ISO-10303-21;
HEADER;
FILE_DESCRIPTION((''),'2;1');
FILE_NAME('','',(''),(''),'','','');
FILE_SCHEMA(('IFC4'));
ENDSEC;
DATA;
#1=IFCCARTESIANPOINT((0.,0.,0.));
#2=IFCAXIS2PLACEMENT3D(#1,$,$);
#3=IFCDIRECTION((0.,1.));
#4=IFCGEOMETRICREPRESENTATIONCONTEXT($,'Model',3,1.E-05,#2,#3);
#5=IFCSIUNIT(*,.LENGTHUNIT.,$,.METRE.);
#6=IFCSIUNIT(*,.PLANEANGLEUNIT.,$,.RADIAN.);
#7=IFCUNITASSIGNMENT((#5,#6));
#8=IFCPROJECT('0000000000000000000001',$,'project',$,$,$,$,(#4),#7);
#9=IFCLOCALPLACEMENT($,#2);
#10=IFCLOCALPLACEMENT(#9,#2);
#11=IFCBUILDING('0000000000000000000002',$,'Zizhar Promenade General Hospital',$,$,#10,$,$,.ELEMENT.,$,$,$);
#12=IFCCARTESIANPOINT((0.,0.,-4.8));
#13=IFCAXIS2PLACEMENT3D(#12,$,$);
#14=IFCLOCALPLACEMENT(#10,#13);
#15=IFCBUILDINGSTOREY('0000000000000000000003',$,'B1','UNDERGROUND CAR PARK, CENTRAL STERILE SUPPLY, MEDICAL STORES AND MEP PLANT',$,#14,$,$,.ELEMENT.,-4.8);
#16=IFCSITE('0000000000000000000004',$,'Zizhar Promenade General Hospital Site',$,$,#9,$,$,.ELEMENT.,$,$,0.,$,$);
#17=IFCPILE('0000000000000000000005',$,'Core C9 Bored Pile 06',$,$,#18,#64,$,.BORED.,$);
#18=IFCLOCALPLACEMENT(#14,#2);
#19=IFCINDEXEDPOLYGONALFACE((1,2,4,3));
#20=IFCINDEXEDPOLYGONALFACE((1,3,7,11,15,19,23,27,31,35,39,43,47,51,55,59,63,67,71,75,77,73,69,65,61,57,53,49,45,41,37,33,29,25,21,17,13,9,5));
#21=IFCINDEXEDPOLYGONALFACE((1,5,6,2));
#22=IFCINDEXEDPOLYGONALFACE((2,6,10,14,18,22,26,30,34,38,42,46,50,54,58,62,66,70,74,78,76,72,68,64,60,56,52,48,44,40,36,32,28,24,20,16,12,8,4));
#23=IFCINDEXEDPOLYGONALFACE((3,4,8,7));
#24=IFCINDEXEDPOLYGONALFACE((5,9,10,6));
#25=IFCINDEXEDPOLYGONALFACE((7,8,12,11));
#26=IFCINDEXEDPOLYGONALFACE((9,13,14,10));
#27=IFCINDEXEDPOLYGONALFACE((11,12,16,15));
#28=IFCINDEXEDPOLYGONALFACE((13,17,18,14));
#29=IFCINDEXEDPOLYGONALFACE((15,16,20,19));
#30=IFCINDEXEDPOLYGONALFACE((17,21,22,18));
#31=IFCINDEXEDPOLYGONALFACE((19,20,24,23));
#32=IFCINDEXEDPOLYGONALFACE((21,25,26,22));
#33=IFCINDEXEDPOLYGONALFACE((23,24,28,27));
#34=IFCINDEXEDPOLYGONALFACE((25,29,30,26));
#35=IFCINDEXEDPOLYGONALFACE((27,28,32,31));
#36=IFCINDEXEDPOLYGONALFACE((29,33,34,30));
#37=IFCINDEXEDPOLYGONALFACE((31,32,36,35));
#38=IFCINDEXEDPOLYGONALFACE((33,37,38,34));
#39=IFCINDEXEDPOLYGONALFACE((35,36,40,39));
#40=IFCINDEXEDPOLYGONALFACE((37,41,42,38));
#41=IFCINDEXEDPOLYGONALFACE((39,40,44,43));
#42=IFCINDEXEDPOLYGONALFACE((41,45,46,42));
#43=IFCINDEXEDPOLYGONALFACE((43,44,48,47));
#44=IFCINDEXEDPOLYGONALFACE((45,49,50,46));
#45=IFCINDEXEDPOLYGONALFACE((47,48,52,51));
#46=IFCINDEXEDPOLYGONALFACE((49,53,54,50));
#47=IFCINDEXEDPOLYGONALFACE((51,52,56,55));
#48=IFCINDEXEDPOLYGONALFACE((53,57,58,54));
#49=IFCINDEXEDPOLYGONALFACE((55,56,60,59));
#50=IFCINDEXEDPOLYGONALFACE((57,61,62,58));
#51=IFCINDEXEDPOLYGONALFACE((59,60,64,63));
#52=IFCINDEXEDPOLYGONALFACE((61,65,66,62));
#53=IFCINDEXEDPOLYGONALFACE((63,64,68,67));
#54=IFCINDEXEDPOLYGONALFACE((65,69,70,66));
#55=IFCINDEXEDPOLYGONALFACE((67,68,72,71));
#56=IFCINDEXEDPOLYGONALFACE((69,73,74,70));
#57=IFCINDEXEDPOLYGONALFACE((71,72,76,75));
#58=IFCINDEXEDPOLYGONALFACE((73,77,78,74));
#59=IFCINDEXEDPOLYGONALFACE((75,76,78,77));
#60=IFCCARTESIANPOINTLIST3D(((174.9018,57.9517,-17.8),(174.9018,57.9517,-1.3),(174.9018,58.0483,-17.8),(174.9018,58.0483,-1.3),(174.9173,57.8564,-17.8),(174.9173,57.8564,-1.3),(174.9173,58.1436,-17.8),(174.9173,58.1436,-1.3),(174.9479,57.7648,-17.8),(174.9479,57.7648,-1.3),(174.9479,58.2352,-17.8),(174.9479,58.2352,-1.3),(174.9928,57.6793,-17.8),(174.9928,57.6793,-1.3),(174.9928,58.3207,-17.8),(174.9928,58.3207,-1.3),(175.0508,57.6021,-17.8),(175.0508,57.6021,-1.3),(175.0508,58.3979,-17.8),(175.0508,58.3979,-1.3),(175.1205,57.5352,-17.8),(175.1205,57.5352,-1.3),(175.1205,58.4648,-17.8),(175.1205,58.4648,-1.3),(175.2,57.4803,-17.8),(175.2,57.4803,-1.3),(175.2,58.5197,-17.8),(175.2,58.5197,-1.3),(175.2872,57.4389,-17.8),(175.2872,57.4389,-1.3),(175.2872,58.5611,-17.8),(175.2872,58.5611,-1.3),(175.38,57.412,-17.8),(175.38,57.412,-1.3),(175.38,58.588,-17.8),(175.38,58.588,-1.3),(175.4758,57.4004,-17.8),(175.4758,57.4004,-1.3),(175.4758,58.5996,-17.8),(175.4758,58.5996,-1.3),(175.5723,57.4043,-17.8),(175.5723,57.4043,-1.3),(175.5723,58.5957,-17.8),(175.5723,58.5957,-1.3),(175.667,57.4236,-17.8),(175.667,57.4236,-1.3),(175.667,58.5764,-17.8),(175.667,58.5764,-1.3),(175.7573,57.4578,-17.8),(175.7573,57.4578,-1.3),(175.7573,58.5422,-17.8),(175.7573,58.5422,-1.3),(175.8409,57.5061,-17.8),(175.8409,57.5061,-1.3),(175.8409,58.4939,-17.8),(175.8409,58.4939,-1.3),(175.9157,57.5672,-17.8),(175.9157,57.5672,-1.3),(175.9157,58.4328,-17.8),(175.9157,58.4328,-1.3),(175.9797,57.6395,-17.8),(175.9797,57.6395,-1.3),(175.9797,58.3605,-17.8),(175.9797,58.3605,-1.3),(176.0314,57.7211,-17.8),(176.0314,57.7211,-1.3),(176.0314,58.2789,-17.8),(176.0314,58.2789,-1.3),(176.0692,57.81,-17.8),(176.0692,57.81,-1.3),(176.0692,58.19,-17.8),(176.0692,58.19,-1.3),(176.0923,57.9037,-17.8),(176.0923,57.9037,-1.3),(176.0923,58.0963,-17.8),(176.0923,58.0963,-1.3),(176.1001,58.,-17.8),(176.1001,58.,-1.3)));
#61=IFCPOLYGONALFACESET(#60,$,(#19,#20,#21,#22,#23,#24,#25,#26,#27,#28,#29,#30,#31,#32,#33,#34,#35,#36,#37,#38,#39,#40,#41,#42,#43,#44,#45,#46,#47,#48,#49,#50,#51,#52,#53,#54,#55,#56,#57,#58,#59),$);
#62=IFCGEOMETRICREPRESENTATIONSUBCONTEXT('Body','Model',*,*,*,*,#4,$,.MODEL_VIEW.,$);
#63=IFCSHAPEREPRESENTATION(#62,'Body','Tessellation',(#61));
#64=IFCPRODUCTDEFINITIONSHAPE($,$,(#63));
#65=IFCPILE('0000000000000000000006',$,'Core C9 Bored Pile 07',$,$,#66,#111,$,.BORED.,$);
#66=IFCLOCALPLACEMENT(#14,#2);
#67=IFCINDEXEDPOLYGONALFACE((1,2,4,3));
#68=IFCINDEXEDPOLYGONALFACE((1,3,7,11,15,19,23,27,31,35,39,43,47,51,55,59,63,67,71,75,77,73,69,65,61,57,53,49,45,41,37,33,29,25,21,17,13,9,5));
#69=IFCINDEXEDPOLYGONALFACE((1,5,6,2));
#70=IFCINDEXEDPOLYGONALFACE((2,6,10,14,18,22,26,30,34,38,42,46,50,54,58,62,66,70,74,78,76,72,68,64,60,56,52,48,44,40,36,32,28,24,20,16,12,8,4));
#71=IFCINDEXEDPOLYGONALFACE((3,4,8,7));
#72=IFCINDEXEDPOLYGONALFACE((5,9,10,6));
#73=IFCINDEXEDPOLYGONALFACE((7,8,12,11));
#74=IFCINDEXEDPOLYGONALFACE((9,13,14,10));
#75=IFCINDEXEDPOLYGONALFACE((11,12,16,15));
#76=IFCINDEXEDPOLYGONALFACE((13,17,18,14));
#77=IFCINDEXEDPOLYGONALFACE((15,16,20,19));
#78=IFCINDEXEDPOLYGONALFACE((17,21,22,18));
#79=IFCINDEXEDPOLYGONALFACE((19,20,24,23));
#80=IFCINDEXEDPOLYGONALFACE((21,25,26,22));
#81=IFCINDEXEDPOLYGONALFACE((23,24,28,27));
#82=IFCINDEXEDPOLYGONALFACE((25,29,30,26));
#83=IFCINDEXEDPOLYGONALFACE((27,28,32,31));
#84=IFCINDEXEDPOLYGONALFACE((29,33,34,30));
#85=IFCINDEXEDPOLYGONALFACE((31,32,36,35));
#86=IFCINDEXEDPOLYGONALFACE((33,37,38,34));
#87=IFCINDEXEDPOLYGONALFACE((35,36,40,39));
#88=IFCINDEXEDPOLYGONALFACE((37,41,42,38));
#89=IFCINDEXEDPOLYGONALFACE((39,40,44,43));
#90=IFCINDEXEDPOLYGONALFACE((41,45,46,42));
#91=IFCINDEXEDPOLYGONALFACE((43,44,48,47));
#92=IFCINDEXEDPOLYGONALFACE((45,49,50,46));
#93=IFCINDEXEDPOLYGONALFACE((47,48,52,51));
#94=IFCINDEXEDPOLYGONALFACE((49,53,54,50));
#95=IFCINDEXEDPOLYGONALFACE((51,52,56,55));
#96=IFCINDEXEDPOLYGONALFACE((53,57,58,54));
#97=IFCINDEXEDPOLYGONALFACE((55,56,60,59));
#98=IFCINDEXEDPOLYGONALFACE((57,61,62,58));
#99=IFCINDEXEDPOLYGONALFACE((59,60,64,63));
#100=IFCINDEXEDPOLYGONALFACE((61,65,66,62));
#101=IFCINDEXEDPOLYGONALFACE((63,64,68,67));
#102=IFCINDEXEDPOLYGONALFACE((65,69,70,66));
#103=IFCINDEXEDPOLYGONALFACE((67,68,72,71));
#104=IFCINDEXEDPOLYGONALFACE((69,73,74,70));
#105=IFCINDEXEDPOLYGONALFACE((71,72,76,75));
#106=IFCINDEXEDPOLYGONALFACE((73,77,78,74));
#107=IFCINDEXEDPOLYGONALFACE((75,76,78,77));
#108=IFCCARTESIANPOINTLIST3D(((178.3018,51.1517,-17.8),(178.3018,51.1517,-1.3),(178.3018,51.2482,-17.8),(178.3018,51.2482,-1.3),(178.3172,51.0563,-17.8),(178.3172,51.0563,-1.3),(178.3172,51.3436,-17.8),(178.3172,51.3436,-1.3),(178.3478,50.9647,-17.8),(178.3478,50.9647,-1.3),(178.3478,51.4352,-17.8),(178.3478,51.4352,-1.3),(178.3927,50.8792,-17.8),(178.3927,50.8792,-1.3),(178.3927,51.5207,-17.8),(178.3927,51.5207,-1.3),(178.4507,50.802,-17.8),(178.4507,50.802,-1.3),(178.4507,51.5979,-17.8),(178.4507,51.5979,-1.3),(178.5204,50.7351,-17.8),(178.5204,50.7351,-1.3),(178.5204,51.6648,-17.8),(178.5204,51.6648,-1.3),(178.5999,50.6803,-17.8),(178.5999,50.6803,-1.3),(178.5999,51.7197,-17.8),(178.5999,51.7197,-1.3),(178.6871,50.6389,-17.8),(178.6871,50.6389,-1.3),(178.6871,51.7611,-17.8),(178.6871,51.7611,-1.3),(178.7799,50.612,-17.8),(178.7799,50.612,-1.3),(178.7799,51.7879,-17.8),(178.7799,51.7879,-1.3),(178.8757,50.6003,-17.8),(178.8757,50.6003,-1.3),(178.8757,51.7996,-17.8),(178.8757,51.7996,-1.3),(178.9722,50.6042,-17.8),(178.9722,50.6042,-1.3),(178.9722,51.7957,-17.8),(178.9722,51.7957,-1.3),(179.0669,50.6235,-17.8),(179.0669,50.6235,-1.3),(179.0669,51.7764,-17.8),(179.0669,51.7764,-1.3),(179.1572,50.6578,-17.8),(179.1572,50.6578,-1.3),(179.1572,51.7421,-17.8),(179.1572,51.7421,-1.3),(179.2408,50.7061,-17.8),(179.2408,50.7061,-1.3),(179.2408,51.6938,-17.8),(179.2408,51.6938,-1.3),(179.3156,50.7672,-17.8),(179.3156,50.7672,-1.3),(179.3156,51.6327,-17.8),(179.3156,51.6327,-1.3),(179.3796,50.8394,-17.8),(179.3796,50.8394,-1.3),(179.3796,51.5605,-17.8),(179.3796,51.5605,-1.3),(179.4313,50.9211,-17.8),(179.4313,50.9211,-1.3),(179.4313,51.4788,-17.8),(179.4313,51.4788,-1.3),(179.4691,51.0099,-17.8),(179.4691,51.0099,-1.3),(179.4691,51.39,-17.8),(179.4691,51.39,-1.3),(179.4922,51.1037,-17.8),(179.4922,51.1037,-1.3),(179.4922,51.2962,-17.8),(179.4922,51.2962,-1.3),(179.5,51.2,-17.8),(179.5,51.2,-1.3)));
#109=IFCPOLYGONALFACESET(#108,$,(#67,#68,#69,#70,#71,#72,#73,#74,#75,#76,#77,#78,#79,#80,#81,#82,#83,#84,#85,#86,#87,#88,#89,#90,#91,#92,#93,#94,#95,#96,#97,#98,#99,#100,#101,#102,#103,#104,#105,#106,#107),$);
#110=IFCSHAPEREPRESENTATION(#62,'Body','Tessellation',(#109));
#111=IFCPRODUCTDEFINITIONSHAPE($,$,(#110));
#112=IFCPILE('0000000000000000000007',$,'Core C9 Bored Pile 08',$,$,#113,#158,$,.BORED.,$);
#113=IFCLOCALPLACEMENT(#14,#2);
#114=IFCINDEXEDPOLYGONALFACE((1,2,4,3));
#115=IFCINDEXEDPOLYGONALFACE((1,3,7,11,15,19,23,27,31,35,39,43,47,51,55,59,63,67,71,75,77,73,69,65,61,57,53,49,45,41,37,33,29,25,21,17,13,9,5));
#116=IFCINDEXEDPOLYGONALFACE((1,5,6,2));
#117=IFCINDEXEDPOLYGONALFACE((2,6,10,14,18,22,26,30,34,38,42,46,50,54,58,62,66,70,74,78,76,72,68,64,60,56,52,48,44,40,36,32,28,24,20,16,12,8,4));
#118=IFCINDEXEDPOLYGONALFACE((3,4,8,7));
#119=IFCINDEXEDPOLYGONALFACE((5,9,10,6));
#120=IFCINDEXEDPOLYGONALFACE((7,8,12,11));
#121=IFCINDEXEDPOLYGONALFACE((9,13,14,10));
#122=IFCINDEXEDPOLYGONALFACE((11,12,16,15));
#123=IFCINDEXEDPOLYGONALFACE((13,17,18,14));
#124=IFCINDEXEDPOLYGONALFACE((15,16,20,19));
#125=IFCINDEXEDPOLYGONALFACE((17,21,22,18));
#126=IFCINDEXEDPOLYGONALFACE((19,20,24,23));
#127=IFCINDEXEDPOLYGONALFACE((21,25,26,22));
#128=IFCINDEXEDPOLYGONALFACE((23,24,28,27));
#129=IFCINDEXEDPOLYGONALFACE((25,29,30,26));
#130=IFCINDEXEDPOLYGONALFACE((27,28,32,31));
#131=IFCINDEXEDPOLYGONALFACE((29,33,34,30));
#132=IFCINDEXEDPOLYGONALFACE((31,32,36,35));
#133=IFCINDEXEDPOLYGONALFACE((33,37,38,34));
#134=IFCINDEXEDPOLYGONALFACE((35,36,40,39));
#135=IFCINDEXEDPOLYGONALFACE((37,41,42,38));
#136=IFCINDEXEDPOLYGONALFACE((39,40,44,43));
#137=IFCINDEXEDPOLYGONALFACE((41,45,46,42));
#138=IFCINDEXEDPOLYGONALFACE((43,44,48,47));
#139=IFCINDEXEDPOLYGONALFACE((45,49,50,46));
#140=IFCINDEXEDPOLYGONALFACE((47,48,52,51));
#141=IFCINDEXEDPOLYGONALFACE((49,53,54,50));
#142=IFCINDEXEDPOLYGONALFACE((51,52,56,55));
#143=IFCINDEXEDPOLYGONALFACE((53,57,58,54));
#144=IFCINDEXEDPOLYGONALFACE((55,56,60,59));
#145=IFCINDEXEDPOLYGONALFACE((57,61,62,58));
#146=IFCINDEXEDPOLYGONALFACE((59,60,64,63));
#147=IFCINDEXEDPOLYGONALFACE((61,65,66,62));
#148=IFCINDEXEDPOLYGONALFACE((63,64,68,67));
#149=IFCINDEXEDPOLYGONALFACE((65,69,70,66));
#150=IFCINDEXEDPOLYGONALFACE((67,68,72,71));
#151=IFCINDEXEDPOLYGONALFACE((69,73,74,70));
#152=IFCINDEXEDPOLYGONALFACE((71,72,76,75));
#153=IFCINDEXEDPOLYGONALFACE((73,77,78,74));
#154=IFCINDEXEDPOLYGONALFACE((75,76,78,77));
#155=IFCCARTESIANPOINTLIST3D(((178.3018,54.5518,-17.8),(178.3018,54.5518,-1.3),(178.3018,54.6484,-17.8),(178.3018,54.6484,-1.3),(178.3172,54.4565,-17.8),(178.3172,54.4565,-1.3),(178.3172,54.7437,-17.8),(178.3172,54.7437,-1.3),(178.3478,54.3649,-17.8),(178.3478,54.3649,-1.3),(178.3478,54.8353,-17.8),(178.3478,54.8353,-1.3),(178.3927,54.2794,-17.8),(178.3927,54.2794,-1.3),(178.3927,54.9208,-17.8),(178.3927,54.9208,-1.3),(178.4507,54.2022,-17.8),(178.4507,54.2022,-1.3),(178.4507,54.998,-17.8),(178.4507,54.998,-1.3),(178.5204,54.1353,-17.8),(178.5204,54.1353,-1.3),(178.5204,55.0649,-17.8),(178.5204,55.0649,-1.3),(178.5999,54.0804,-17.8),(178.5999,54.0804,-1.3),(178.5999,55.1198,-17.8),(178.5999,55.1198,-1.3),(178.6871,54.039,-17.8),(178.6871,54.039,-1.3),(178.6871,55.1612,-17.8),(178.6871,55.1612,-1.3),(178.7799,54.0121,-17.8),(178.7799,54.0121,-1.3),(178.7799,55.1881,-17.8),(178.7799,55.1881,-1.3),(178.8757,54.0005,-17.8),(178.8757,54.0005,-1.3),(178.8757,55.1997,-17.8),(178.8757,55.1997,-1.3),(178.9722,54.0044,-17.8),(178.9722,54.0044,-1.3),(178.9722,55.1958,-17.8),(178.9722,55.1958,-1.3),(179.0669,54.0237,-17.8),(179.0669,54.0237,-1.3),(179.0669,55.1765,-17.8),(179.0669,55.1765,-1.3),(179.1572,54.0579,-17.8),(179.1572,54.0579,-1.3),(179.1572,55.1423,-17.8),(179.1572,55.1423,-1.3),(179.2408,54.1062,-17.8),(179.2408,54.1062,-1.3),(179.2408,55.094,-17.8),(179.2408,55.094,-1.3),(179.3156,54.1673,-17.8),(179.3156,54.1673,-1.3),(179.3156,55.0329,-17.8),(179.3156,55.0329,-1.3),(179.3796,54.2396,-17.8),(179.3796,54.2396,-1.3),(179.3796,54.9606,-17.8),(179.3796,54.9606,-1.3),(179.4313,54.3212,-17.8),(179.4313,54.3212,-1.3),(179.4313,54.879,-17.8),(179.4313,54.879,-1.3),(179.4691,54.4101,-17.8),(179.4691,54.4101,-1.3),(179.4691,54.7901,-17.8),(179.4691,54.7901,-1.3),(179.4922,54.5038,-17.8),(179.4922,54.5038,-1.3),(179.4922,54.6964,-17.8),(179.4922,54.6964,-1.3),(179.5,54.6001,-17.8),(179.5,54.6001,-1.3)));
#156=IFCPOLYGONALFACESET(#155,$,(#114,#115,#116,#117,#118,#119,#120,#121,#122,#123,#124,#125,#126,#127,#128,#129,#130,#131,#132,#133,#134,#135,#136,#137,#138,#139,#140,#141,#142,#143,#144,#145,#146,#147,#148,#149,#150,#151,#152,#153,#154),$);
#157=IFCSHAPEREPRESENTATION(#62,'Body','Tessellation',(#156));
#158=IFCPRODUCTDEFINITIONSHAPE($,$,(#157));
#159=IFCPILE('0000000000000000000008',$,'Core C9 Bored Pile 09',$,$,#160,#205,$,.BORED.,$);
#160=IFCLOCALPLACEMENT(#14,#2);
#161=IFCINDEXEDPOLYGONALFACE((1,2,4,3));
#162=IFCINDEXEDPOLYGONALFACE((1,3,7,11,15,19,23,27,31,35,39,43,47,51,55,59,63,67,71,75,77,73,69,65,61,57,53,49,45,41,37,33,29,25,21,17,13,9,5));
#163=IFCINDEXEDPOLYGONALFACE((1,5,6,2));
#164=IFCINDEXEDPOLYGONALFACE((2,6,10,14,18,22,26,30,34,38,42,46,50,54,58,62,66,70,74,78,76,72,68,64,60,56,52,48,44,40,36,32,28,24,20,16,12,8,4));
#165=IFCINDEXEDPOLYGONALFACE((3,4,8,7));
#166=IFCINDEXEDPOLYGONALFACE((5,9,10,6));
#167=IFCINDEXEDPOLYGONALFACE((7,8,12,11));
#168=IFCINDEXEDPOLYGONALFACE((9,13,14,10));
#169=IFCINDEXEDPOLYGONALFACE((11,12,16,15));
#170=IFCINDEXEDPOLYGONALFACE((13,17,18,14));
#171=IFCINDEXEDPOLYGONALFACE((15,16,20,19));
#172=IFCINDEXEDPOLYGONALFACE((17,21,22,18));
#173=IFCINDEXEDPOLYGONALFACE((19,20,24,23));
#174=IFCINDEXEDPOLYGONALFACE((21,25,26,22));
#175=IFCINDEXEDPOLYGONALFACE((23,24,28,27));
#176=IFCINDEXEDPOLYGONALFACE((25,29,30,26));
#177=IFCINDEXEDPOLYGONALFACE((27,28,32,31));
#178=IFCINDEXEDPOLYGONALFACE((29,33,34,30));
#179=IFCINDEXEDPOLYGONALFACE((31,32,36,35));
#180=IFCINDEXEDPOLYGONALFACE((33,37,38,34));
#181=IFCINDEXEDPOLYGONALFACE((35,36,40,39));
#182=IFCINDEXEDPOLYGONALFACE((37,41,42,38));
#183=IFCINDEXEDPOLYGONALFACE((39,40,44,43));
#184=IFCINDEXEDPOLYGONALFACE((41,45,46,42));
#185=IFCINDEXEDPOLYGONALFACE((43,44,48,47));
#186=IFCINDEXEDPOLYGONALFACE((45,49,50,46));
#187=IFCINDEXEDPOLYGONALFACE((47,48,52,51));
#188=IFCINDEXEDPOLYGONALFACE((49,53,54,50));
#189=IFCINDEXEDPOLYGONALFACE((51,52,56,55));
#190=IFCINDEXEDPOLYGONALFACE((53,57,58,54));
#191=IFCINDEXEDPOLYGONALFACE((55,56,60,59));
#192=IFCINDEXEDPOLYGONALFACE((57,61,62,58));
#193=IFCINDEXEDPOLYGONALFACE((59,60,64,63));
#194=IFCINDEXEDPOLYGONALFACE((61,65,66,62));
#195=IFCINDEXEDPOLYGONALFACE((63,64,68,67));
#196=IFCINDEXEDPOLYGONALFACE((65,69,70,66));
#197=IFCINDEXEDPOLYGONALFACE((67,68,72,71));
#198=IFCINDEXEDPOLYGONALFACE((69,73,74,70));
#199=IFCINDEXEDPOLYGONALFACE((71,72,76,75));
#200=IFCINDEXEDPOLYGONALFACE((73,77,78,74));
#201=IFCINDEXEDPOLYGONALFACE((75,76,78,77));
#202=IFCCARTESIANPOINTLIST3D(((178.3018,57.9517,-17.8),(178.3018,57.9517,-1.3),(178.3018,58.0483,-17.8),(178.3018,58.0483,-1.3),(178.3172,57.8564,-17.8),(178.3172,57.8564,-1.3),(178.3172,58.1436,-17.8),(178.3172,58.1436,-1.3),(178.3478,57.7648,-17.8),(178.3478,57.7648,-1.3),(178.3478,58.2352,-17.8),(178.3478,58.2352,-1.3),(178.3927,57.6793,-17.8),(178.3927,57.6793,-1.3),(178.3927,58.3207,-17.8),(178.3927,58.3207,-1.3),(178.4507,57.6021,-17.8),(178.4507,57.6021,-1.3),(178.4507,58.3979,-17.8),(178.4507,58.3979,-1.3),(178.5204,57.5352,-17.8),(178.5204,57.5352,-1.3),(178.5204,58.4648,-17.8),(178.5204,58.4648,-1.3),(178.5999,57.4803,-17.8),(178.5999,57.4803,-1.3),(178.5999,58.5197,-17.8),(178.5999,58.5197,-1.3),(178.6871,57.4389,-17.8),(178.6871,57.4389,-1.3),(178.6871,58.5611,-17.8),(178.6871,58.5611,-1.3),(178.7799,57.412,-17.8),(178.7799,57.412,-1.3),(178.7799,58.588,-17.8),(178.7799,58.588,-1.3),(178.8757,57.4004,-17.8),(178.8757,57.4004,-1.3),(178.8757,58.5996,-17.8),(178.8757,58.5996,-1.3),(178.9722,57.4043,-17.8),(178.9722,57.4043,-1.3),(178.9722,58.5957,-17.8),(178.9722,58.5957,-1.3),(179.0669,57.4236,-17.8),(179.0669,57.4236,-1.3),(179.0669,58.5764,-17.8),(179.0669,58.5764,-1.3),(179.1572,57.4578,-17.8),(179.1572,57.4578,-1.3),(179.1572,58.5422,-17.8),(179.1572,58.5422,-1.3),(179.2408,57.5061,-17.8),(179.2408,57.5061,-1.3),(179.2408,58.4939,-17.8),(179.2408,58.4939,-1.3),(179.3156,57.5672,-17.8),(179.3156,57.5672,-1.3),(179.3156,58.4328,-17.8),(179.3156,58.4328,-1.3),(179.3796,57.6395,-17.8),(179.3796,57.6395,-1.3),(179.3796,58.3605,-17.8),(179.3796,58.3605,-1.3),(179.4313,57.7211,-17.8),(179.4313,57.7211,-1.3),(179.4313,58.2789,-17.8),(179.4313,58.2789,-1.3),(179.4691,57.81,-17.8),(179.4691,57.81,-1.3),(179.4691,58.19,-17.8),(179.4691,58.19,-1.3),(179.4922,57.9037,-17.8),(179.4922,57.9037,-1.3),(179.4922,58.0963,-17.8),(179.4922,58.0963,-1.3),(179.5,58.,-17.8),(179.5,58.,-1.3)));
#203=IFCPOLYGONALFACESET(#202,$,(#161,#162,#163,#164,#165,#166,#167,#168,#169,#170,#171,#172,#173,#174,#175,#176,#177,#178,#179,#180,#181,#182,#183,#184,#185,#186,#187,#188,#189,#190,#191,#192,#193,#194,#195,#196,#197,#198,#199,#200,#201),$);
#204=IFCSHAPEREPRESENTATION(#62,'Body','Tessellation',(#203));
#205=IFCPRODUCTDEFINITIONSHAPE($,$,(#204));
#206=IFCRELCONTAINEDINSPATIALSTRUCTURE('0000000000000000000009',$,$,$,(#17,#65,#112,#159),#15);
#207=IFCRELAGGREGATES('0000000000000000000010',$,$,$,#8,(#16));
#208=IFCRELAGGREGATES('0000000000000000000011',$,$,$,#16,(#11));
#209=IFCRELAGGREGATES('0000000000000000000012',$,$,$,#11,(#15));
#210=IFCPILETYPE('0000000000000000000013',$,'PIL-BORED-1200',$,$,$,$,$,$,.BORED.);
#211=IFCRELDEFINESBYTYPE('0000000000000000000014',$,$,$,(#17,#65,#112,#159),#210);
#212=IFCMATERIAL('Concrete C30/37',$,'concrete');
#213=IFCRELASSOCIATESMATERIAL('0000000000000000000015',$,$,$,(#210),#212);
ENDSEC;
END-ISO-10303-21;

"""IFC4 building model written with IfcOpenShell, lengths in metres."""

from ifc_helpers import new_model, si_unit, direction, frame, origin, origin_2d, place, context, subcontext, project, spatial, circle, extrude, material, material_profile, profile_set, type_object, element, save


model = new_model("IFC4")

# Units and contexts
model_context = context("Model", 3, precision=1e-05, world=origin(), true_north=direction((0.0, 1.0)))
body_context = subcontext(model_context, "Body", "Model", "MODEL_VIEW")
ifc_project = project(units=[si_unit("LENGTHUNIT", "METRE"), si_unit("PLANEANGLEUNIT", "RADIAN")], contexts=[model_context])

# Site, building, storey
site_placement = place(None, origin())
site = spatial("IfcSite", under=ifc_project, at=site_placement, Name="Zizhar Promenade General Hospital Site", CompositionType="ELEMENT", RefElevation=0.0)
building_placement = place(site_placement, origin())
building = spatial("IfcBuilding", under=site, at=building_placement, Name="Zizhar Promenade General Hospital", CompositionType="ELEMENT")
storey_placement = place(building_placement, frame((0.0, 0.0, -4.8)))
storey = spatial("IfcBuildingStorey", under=building, at=storey_placement, Name="B1", Description="UNDERGROUND CAR PARK, CENTRAL STERILE SUPPLY, MEDICAL STORES AND MEP PLANT", CompositionType="ELEMENT", Elevation=-4.8)

# Piles
ifc_material_1 = material(Name="Concrete C30/37", Category="concrete")
ifc_material_profile_1 = material_profile(ifc_material_1, circle(Radius=0.6001, at=origin_2d()))
ifc_profile_set_1 = profile_set([ifc_material_profile_1], Name="Concrete C30/37")
pile_type_1 = type_object("IfcPileType", Name="PIL-BORED-1200", PredefinedType="BORED", material=ifc_profile_set_1)
for number, where, z_axis, x_axis, name in (
    (1, (175.5, 58.0, -1.3), (0.0, 0.0, -1.0), (1.0, 0.0, 0.0), "Core C9 Bored Pile 06"),
    (2, (178.8999, 51.2, -1.3), (0.0, 0.0, -1.0), (1.0, 0.0, 0.0), "Core C9 Bored Pile 07"),
    (3, (178.8999, 54.6001, -1.3), (0.0, 0.0, -1.0), (1.0, 0.0, 0.0), "Core C9 Bored Pile 08"),
    (4, (178.8999, 58.0, -1.3), (0.0, 0.0, -1.0), (1.0, 0.0, 0.0), "Core C9 Bored Pile 09"),
):
    element("IfcPile", number, at=place(storey_placement, frame(where, z_axis=z_axis, x_axis=x_axis)), inside=storey, type_object=pile_type_1, Name=name, PredefinedType="BORED", context=body_context, shape_type="SweptSolid", body=[
        extrude(circle(Radius=0.6001, at=origin_2d()), origin(), (0.0, 0.0, 1.0), 16.5),
    ])

save(model, "model.ifc")
